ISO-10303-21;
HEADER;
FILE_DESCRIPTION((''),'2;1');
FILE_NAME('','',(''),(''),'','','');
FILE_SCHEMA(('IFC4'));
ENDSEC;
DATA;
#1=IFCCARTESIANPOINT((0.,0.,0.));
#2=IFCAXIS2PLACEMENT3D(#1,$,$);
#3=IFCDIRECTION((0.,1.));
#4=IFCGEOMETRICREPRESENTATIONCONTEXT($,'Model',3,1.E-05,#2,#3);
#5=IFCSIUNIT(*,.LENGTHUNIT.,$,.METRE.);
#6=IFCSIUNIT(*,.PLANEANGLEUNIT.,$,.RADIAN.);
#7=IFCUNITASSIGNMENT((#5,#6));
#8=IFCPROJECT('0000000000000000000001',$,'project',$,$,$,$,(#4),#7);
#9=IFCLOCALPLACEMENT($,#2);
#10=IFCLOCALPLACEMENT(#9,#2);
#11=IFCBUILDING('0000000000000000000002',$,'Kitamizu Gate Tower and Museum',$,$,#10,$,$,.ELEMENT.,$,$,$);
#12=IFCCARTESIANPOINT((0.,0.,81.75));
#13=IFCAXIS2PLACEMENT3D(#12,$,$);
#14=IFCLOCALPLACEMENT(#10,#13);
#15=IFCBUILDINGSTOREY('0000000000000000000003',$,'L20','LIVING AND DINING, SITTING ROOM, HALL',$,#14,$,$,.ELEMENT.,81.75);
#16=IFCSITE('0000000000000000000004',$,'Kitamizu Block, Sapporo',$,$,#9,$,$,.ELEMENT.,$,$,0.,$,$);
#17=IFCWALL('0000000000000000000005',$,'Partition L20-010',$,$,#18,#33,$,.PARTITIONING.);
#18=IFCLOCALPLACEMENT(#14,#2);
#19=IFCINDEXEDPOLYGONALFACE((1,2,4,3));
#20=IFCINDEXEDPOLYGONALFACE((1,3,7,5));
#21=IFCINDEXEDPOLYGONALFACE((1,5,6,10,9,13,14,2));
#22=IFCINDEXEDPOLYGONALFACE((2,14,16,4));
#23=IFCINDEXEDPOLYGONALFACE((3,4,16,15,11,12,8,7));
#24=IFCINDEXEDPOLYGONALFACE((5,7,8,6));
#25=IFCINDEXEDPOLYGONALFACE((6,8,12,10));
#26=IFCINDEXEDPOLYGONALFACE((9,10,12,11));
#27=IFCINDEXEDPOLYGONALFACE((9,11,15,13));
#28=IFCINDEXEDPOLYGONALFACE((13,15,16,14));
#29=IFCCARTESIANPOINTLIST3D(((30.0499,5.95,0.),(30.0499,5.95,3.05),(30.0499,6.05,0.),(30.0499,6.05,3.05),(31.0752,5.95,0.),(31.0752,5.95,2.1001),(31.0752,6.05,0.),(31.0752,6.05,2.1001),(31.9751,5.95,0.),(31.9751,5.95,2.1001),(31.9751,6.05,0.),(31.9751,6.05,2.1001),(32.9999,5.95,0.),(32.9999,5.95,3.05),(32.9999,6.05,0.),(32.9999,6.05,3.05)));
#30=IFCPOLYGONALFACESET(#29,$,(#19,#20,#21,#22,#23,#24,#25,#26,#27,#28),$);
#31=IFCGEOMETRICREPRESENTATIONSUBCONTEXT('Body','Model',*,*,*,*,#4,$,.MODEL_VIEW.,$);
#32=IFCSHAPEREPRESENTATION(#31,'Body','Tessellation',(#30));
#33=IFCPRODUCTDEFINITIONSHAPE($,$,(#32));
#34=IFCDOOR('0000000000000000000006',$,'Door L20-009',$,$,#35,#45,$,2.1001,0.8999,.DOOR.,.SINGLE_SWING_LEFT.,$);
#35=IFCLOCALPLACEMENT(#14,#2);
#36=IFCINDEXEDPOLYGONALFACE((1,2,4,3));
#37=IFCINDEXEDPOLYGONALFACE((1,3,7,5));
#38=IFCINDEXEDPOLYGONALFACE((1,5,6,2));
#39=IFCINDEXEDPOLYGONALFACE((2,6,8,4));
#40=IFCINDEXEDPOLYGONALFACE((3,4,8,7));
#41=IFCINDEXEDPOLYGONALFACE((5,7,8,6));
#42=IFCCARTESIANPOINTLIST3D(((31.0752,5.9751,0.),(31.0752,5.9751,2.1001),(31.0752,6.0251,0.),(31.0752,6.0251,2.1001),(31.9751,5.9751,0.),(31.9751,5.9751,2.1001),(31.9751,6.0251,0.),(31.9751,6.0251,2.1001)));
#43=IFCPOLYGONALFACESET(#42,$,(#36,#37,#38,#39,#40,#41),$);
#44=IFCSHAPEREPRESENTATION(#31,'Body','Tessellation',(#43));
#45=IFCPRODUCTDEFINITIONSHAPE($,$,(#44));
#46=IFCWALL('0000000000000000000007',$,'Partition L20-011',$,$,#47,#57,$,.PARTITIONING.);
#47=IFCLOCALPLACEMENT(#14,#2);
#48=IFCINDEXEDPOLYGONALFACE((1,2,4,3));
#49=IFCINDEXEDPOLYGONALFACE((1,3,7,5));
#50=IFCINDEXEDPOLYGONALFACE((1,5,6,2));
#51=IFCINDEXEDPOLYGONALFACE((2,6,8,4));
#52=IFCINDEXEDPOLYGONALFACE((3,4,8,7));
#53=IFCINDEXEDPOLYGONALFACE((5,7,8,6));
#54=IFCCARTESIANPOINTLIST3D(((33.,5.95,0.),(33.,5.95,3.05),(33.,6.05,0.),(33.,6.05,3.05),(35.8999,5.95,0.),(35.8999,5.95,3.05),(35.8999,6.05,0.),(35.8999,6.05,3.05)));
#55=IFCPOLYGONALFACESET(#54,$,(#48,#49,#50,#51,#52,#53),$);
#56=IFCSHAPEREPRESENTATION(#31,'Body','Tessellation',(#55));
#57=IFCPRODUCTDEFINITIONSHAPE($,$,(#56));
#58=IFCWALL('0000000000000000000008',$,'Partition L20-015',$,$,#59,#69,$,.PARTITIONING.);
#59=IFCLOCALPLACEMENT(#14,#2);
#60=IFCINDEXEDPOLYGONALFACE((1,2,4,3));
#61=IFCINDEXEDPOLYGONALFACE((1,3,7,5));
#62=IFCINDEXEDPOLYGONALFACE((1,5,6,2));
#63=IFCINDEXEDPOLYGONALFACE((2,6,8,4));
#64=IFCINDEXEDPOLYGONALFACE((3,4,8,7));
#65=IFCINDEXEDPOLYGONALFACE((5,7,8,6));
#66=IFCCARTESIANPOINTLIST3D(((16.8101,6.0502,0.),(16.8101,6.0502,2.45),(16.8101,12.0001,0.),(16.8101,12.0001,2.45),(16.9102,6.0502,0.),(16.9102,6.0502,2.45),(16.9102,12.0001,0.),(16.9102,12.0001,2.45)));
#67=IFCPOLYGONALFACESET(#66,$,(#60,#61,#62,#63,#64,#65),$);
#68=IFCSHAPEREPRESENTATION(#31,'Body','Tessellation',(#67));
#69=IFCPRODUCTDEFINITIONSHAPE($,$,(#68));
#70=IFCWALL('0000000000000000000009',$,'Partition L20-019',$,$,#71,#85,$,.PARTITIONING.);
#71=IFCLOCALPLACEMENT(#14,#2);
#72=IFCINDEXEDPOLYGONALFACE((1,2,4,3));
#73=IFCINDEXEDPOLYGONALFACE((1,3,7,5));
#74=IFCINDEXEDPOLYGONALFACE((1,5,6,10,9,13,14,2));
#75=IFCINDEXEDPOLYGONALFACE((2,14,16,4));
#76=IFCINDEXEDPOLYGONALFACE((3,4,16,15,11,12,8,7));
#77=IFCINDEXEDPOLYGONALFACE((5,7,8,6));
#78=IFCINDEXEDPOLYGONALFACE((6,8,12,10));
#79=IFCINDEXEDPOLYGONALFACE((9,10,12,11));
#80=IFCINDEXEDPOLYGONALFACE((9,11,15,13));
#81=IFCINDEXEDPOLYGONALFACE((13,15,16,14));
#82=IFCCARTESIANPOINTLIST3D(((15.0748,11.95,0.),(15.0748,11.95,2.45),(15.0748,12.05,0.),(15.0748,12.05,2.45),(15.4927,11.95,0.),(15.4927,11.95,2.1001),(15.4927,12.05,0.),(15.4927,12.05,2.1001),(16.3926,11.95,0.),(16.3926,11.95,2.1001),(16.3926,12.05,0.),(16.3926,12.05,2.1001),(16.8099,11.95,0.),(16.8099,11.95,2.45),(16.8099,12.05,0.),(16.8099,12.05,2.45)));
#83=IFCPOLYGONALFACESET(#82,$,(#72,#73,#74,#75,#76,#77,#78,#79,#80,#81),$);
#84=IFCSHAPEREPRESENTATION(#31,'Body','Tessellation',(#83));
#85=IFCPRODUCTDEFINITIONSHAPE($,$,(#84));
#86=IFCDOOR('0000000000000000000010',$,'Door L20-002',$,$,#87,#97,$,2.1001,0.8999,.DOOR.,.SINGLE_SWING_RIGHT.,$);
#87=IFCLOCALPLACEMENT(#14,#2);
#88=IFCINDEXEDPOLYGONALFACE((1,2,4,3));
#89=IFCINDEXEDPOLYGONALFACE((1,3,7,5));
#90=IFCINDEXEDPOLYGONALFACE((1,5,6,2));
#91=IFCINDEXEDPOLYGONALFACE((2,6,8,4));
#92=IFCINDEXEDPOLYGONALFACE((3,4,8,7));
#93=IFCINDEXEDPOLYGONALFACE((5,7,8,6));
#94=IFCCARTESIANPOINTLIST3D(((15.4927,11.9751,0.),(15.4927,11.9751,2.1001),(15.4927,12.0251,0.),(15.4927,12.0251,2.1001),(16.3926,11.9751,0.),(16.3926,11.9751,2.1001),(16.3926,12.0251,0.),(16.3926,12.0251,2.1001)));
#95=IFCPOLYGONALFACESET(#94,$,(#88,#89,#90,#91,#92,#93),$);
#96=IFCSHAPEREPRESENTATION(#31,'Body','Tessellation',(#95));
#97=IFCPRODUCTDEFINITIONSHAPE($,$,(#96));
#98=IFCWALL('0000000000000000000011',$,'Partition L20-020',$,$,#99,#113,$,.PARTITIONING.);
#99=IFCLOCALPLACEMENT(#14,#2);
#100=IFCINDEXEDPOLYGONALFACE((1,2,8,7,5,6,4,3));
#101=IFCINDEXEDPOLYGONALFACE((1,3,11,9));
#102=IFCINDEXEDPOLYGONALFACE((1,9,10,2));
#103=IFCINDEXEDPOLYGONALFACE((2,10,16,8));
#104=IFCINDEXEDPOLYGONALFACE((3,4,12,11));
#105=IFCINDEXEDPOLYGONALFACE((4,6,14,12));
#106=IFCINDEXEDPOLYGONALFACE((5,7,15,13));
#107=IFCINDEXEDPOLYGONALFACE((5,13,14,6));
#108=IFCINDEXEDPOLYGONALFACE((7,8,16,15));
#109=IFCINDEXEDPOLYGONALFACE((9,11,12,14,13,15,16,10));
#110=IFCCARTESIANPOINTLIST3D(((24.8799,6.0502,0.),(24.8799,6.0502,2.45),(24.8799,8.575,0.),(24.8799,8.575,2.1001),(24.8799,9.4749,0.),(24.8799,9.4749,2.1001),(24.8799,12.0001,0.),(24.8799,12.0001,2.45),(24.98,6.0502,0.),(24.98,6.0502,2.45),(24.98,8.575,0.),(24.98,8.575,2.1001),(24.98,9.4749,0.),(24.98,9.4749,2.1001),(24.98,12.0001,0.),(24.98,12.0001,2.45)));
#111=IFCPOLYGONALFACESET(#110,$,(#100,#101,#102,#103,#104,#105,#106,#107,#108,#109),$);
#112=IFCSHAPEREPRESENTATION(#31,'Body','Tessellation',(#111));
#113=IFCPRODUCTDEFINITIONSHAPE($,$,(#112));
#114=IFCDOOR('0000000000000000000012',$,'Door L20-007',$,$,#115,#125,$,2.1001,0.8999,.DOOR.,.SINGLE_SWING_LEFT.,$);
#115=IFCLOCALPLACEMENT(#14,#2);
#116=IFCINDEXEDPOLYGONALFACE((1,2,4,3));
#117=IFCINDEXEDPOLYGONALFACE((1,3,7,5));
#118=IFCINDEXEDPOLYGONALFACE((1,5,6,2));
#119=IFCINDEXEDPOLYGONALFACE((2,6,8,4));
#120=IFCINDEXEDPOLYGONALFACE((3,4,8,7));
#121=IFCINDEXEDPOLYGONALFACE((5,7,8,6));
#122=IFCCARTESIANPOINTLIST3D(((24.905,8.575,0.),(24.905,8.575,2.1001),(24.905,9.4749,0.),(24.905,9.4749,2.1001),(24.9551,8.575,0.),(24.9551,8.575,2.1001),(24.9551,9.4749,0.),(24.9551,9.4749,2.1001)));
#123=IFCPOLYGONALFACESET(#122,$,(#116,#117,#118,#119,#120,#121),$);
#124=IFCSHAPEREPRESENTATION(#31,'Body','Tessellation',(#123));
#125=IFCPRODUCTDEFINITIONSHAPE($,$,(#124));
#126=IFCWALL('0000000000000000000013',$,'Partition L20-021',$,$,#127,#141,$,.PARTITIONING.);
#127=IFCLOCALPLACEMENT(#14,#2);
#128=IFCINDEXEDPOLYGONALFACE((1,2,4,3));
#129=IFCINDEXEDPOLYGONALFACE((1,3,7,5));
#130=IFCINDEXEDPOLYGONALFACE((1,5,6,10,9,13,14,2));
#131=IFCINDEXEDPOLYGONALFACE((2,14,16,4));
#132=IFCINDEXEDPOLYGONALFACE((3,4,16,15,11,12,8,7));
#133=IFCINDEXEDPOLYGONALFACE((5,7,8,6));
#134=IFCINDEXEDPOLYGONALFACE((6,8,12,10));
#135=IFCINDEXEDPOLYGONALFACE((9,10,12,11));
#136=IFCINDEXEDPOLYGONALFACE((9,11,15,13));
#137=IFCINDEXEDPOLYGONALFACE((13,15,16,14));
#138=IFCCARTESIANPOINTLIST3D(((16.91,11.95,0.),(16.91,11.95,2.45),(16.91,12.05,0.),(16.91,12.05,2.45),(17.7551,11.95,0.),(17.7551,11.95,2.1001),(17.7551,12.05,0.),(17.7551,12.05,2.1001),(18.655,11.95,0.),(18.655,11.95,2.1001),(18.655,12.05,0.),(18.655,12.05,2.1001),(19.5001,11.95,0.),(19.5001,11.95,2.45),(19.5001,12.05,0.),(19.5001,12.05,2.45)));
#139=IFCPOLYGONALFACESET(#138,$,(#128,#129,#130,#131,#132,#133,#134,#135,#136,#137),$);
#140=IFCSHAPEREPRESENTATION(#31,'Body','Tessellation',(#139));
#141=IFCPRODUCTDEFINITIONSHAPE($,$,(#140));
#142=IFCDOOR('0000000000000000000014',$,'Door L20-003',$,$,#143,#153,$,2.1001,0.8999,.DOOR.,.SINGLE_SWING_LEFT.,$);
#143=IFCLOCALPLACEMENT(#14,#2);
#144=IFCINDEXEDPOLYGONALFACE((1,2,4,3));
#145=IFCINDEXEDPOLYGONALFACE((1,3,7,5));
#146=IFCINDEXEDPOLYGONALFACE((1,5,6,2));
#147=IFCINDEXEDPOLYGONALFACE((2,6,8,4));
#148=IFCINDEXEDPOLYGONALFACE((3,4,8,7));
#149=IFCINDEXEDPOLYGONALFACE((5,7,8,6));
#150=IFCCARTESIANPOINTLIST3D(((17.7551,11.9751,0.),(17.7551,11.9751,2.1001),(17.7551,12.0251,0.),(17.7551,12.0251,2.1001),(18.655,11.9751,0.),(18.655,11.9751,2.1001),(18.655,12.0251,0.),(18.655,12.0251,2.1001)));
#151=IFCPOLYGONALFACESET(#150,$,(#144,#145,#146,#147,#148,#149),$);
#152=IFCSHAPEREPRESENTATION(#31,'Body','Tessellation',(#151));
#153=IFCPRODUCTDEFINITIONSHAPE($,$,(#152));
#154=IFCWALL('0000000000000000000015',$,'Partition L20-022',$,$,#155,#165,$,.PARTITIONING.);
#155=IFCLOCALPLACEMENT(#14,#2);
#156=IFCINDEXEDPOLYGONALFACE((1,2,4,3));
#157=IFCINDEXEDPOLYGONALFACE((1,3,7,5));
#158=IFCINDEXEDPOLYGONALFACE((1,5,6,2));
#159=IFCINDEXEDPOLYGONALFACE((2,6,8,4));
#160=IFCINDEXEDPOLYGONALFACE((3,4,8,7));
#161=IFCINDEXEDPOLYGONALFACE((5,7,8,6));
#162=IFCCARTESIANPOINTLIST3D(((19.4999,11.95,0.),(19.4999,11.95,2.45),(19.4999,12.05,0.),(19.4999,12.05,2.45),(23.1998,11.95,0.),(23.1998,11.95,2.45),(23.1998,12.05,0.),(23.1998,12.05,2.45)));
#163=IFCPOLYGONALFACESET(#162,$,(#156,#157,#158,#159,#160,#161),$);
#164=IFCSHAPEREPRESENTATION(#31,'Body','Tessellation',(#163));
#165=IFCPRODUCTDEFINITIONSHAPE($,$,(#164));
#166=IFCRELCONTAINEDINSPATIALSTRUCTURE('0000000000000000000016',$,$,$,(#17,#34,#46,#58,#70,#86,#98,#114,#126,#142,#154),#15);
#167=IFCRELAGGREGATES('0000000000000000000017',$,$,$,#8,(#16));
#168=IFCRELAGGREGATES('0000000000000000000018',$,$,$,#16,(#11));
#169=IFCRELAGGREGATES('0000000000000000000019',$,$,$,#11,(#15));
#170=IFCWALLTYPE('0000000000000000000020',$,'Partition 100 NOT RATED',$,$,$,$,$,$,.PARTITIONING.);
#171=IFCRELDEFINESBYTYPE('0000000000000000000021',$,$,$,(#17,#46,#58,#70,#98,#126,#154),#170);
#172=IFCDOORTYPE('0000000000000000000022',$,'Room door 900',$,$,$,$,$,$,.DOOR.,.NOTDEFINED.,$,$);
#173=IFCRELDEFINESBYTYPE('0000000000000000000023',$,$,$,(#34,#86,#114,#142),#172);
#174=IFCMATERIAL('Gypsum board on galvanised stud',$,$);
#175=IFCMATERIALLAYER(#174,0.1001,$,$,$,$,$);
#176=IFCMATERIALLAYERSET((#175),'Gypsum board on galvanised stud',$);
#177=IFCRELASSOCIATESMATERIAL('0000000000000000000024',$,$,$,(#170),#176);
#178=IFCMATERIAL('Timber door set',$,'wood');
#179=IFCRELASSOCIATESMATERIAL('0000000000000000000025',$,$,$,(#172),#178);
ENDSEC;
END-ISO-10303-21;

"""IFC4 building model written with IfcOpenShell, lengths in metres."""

from ifc_helpers import new_model, si_unit, direction, frame, frame_2d, origin, place, context, subcontext, project, spatial, rectangle, extrude, material, layer, layer_set, type_object, element, fill, save


model = new_model("IFC4")

# Units and contexts
model_context = context("Model", 3, precision=1e-05, world=origin(), true_north=direction((0.0, 1.0)))
body_context = subcontext(model_context, "Body", "Model", "MODEL_VIEW")
ifc_project = project(units=[si_unit("LENGTHUNIT", "METRE"), si_unit("PLANEANGLEUNIT", "RADIAN")], contexts=[model_context])

# Site, building, storey
site_placement = place(None, origin())
site = spatial("IfcSite", under=ifc_project, at=site_placement, Name="Kitamizu Block, Sapporo", CompositionType="ELEMENT", RefElevation=0.0)
building_placement = place(site_placement, origin())
building = spatial("IfcBuilding", under=site, at=building_placement, Name="Kitamizu Gate Tower and Museum", CompositionType="ELEMENT")
storey_placement = place(building_placement, frame((0.0, 0.0, 81.75)))
storey = spatial("IfcBuildingStorey", under=building, at=storey_placement, Name="L20", Description="LIVING AND DINING, SITTING ROOM, HALL", CompositionType="ELEMENT", Elevation=81.75)

# Shared definitions
ifc_material_1 = material(Name="Gypsum board on galvanised stud")
ifc_layer_1 = layer(ifc_material_1, 0.1001)
ifc_layer_set_1 = layer_set([ifc_layer_1], Name="Gypsum board on galvanised stud")
wall_type_1 = type_object("IfcWallType", Name="Partition 100 NOT RATED", PredefinedType="PARTITIONING", material=ifc_layer_set_1)
ifc_material_2 = material(Name="Timber door set", Category="wood")
door_type_1 = type_object("IfcDoorType", Name="Room door 900", OperationType="NOTDEFINED", PredefinedType="DOOR", material=ifc_material_2)

# Wall, opening, door
wall_1_placement = place(storey_placement, frame((33.0, 6.0, 0.0), z_axis=(0.0, 0.0, 1.0), x_axis=(-1.0, 0.0, 0.0)))
wall_1 = element("IfcWall", 1, at=wall_1_placement, inside=storey, type_object=wall_type_1, Name="Partition L20-010", PredefinedType="PARTITIONING", context=body_context, shape_type="SweptSolid", body=[
    extrude(rectangle(XDim=2.95, YDim=0.1001, at=frame_2d((1.4751, 0.0))), origin(), (0.0, 0.0, 1.0), 3.05),
])
opening_1_placement = place(wall_1_placement, frame((1.0249, 0.0, 0.0)))
opening_1 = element("IfcOpeningElement", 2, at=opening_1_placement, cuts=wall_1, PredefinedType="OPENING", context=body_context, shape_type="SweptSolid", body=[
    extrude(rectangle(XDim=0.8999, YDim=2.1001, at=frame_2d((0.45, 1.05))), frame((0.0, 0.0601, 0.0), z_axis=(0.0, -1.0, 0.0), x_axis=(1.0, 0.0, 0.0)), (0.0, 0.0, 1.0), 0.1201),
])
door_1_placement = place(opening_1_placement, origin())
door_1 = element("IfcDoor", 3, at=door_1_placement, inside=storey, type_object=door_type_1, Name="Door L20-009", OperationType="SINGLE_SWING_LEFT", OverallHeight=2.1001, OverallWidth=0.8999, PredefinedType="DOOR", context=body_context, shape_type="SweptSolid", body=[
    extrude(rectangle(XDim=0.8999, YDim=2.1001, at=frame_2d((0.45, 1.05))), frame((0.0, 0.0249, 0.0), z_axis=(0.0, -1.0, 0.0), x_axis=(1.0, 0.0, 0.0)), (0.0, 0.0, 1.0), 0.05),
])
fill(opening_1, door_1)

# Walls
wall_2_placement = place(storey_placement, frame((35.8999, 6.0, 0.0), z_axis=(0.0, 0.0, 1.0), x_axis=(-1.0, 0.0, 0.0)))
element("IfcWall", 4, at=wall_2_placement, inside=storey, type_object=wall_type_1, Name="Partition L20-011", PredefinedType="PARTITIONING", context=body_context, shape_type="SweptSolid", body=[
    extrude(rectangle(XDim=2.8999, YDim=0.1001, at=frame_2d((1.45, 0.0))), origin(), (0.0, 0.0, 1.0), 3.05),
])
wall_3_placement = place(storey_placement, frame((16.8601, 6.05, 0.0), z_axis=(0.0, 0.0, 1.0), x_axis=(0.0, 1.0, 0.0)))
element("IfcWall", 5, at=wall_3_placement, inside=storey, type_object=wall_type_1, Name="Partition L20-015", PredefinedType="PARTITIONING", context=body_context, shape_type="SweptSolid", body=[
    extrude(rectangle(XDim=5.95, YDim=0.1001, at=frame_2d((2.9751, 0.0))), origin(), (0.0, 0.0, 1.0), 2.45),
])

# Walls, openings, doors
wall_4_placement = place(storey_placement, frame((16.8101, 12.0, 0.0), z_axis=(0.0, 0.0, 1.0), x_axis=(-1.0, 0.0, 0.0)))
wall_4 = element("IfcWall", 6, at=wall_4_placement, inside=storey, type_object=wall_type_1, Name="Partition L20-019", PredefinedType="PARTITIONING", context=body_context, shape_type="SweptSolid", body=[
    extrude(rectangle(XDim=1.7351, YDim=0.1001, at=frame_2d((0.8677, 0.0))), origin(), (0.0, 0.0, 1.0), 2.45),
])
opening_2_placement = place(wall_4_placement, frame((0.4175, 0.0, 0.0)))
opening_2 = element("IfcOpeningElement", 7, at=opening_2_placement, cuts=wall_4, PredefinedType="OPENING", context=body_context, shape_type="SweptSolid", body=[
    extrude(rectangle(XDim=0.8999, YDim=2.1001, at=frame_2d((0.45, 1.05))), frame((0.0, 0.0601, 0.0), z_axis=(0.0, -1.0, 0.0), x_axis=(1.0, 0.0, 0.0)), (0.0, 0.0, 1.0), 0.1201),
])
door_2_placement = place(opening_2_placement, origin())
door_2 = element("IfcDoor", 8, at=door_2_placement, inside=storey, type_object=door_type_1, Name="Door L20-002", OperationType="SINGLE_SWING_RIGHT", OverallHeight=2.1001, OverallWidth=0.8999, PredefinedType="DOOR", context=body_context, shape_type="SweptSolid", body=[
    extrude(rectangle(XDim=0.8999, YDim=2.1001, at=frame_2d((0.45, 1.05))), frame((0.0, 0.0249, 0.0), z_axis=(0.0, -1.0, 0.0), x_axis=(1.0, 0.0, 0.0)), (0.0, 0.0, 1.0), 0.05),
])
fill(opening_2, door_2)
wall_5_placement = place(storey_placement, frame((24.9299, 6.05, 0.0), z_axis=(0.0, 0.0, 1.0), x_axis=(0.0, 1.0, 0.0)))
wall_5 = element("IfcWall", 9, at=wall_5_placement, inside=storey, type_object=wall_type_1, Name="Partition L20-020", PredefinedType="PARTITIONING", context=body_context, shape_type="SweptSolid", body=[
    extrude(rectangle(XDim=5.95, YDim=0.1001, at=frame_2d((2.9751, 0.0))), origin(), (0.0, 0.0, 1.0), 2.45),
])
opening_3_placement = place(wall_5_placement, frame((2.5249, 0.0, 0.0)))
opening_3 = element("IfcOpeningElement", 10, at=opening_3_placement, cuts=wall_5, PredefinedType="OPENING", context=body_context, shape_type="SweptSolid", body=[
    extrude(rectangle(XDim=0.8999, YDim=2.1001, at=frame_2d((0.45, 1.05))), frame((0.0, 0.0601, 0.0), z_axis=(0.0, -1.0, 0.0), x_axis=(1.0, 0.0, 0.0)), (0.0, 0.0, 1.0), 0.1201),
])
door_3_placement = place(opening_3_placement, origin())
door_3 = element("IfcDoor", 11, at=door_3_placement, inside=storey, type_object=door_type_1, Name="Door L20-007", OperationType="SINGLE_SWING_LEFT", OverallHeight=2.1001, OverallWidth=0.8999, PredefinedType="DOOR", context=body_context, shape_type="SweptSolid", body=[
    extrude(rectangle(XDim=0.8999, YDim=2.1001, at=frame_2d((0.45, 1.05))), frame((0.0, 0.0249, 0.0), z_axis=(0.0, -1.0, 0.0), x_axis=(1.0, 0.0, 0.0)), (0.0, 0.0, 1.0), 0.05),
])
fill(opening_3, door_3)
wall_6_placement = place(storey_placement, frame((19.5, 12.0, 0.0), z_axis=(0.0, 0.0, 1.0), x_axis=(-1.0, 0.0, 0.0)))
wall_6 = element("IfcWall", 12, at=wall_6_placement, inside=storey, type_object=wall_type_1, Name="Partition L20-021", PredefinedType="PARTITIONING", context=body_context, shape_type="SweptSolid", body=[
    extrude(rectangle(XDim=2.5901, YDim=0.1001, at=frame_2d((1.2949, 0.0))), origin(), (0.0, 0.0, 1.0), 2.45),
])
opening_4_placement = place(wall_6_placement, frame((0.845, 0.0, 0.0)))
opening_4 = element("IfcOpeningElement", 13, at=opening_4_placement, cuts=wall_6, PredefinedType="OPENING", context=body_context, shape_type="SweptSolid", body=[
    extrude(rectangle(XDim=0.8999, YDim=2.1001, at=frame_2d((0.45, 1.05))), frame((0.0, 0.0601, 0.0), z_axis=(0.0, -1.0, 0.0), x_axis=(1.0, 0.0, 0.0)), (0.0, 0.0, 1.0), 0.1201),
])
door_4_placement = place(opening_4_placement, origin())
door_4 = element("IfcDoor", 14, at=door_4_placement, inside=storey, type_object=door_type_1, Name="Door L20-003", OperationType="SINGLE_SWING_LEFT", OverallHeight=2.1001, OverallWidth=0.8999, PredefinedType="DOOR", context=body_context, shape_type="SweptSolid", body=[
    extrude(rectangle(XDim=0.8999, YDim=2.1001, at=frame_2d((0.45, 1.05))), frame((0.0, 0.0249, 0.0), z_axis=(0.0, -1.0, 0.0), x_axis=(1.0, 0.0, 0.0)), (0.0, 0.0, 1.0), 0.05),
])
fill(opening_4, door_4)

# Wall
wall_7_placement = place(storey_placement, frame((23.2, 12.0, 0.0), z_axis=(0.0, 0.0, 1.0), x_axis=(-1.0, 0.0, 0.0)))
element("IfcWall", 15, at=wall_7_placement, inside=storey, type_object=wall_type_1, Name="Partition L20-022", PredefinedType="PARTITIONING", context=body_context, shape_type="SweptSolid", body=[
    extrude(rectangle(XDim=3.7, YDim=0.1001, at=frame_2d((1.8501, 0.0))), origin(), (0.0, 0.0, 1.0), 2.45),
])

save(model, "model.ifc")
